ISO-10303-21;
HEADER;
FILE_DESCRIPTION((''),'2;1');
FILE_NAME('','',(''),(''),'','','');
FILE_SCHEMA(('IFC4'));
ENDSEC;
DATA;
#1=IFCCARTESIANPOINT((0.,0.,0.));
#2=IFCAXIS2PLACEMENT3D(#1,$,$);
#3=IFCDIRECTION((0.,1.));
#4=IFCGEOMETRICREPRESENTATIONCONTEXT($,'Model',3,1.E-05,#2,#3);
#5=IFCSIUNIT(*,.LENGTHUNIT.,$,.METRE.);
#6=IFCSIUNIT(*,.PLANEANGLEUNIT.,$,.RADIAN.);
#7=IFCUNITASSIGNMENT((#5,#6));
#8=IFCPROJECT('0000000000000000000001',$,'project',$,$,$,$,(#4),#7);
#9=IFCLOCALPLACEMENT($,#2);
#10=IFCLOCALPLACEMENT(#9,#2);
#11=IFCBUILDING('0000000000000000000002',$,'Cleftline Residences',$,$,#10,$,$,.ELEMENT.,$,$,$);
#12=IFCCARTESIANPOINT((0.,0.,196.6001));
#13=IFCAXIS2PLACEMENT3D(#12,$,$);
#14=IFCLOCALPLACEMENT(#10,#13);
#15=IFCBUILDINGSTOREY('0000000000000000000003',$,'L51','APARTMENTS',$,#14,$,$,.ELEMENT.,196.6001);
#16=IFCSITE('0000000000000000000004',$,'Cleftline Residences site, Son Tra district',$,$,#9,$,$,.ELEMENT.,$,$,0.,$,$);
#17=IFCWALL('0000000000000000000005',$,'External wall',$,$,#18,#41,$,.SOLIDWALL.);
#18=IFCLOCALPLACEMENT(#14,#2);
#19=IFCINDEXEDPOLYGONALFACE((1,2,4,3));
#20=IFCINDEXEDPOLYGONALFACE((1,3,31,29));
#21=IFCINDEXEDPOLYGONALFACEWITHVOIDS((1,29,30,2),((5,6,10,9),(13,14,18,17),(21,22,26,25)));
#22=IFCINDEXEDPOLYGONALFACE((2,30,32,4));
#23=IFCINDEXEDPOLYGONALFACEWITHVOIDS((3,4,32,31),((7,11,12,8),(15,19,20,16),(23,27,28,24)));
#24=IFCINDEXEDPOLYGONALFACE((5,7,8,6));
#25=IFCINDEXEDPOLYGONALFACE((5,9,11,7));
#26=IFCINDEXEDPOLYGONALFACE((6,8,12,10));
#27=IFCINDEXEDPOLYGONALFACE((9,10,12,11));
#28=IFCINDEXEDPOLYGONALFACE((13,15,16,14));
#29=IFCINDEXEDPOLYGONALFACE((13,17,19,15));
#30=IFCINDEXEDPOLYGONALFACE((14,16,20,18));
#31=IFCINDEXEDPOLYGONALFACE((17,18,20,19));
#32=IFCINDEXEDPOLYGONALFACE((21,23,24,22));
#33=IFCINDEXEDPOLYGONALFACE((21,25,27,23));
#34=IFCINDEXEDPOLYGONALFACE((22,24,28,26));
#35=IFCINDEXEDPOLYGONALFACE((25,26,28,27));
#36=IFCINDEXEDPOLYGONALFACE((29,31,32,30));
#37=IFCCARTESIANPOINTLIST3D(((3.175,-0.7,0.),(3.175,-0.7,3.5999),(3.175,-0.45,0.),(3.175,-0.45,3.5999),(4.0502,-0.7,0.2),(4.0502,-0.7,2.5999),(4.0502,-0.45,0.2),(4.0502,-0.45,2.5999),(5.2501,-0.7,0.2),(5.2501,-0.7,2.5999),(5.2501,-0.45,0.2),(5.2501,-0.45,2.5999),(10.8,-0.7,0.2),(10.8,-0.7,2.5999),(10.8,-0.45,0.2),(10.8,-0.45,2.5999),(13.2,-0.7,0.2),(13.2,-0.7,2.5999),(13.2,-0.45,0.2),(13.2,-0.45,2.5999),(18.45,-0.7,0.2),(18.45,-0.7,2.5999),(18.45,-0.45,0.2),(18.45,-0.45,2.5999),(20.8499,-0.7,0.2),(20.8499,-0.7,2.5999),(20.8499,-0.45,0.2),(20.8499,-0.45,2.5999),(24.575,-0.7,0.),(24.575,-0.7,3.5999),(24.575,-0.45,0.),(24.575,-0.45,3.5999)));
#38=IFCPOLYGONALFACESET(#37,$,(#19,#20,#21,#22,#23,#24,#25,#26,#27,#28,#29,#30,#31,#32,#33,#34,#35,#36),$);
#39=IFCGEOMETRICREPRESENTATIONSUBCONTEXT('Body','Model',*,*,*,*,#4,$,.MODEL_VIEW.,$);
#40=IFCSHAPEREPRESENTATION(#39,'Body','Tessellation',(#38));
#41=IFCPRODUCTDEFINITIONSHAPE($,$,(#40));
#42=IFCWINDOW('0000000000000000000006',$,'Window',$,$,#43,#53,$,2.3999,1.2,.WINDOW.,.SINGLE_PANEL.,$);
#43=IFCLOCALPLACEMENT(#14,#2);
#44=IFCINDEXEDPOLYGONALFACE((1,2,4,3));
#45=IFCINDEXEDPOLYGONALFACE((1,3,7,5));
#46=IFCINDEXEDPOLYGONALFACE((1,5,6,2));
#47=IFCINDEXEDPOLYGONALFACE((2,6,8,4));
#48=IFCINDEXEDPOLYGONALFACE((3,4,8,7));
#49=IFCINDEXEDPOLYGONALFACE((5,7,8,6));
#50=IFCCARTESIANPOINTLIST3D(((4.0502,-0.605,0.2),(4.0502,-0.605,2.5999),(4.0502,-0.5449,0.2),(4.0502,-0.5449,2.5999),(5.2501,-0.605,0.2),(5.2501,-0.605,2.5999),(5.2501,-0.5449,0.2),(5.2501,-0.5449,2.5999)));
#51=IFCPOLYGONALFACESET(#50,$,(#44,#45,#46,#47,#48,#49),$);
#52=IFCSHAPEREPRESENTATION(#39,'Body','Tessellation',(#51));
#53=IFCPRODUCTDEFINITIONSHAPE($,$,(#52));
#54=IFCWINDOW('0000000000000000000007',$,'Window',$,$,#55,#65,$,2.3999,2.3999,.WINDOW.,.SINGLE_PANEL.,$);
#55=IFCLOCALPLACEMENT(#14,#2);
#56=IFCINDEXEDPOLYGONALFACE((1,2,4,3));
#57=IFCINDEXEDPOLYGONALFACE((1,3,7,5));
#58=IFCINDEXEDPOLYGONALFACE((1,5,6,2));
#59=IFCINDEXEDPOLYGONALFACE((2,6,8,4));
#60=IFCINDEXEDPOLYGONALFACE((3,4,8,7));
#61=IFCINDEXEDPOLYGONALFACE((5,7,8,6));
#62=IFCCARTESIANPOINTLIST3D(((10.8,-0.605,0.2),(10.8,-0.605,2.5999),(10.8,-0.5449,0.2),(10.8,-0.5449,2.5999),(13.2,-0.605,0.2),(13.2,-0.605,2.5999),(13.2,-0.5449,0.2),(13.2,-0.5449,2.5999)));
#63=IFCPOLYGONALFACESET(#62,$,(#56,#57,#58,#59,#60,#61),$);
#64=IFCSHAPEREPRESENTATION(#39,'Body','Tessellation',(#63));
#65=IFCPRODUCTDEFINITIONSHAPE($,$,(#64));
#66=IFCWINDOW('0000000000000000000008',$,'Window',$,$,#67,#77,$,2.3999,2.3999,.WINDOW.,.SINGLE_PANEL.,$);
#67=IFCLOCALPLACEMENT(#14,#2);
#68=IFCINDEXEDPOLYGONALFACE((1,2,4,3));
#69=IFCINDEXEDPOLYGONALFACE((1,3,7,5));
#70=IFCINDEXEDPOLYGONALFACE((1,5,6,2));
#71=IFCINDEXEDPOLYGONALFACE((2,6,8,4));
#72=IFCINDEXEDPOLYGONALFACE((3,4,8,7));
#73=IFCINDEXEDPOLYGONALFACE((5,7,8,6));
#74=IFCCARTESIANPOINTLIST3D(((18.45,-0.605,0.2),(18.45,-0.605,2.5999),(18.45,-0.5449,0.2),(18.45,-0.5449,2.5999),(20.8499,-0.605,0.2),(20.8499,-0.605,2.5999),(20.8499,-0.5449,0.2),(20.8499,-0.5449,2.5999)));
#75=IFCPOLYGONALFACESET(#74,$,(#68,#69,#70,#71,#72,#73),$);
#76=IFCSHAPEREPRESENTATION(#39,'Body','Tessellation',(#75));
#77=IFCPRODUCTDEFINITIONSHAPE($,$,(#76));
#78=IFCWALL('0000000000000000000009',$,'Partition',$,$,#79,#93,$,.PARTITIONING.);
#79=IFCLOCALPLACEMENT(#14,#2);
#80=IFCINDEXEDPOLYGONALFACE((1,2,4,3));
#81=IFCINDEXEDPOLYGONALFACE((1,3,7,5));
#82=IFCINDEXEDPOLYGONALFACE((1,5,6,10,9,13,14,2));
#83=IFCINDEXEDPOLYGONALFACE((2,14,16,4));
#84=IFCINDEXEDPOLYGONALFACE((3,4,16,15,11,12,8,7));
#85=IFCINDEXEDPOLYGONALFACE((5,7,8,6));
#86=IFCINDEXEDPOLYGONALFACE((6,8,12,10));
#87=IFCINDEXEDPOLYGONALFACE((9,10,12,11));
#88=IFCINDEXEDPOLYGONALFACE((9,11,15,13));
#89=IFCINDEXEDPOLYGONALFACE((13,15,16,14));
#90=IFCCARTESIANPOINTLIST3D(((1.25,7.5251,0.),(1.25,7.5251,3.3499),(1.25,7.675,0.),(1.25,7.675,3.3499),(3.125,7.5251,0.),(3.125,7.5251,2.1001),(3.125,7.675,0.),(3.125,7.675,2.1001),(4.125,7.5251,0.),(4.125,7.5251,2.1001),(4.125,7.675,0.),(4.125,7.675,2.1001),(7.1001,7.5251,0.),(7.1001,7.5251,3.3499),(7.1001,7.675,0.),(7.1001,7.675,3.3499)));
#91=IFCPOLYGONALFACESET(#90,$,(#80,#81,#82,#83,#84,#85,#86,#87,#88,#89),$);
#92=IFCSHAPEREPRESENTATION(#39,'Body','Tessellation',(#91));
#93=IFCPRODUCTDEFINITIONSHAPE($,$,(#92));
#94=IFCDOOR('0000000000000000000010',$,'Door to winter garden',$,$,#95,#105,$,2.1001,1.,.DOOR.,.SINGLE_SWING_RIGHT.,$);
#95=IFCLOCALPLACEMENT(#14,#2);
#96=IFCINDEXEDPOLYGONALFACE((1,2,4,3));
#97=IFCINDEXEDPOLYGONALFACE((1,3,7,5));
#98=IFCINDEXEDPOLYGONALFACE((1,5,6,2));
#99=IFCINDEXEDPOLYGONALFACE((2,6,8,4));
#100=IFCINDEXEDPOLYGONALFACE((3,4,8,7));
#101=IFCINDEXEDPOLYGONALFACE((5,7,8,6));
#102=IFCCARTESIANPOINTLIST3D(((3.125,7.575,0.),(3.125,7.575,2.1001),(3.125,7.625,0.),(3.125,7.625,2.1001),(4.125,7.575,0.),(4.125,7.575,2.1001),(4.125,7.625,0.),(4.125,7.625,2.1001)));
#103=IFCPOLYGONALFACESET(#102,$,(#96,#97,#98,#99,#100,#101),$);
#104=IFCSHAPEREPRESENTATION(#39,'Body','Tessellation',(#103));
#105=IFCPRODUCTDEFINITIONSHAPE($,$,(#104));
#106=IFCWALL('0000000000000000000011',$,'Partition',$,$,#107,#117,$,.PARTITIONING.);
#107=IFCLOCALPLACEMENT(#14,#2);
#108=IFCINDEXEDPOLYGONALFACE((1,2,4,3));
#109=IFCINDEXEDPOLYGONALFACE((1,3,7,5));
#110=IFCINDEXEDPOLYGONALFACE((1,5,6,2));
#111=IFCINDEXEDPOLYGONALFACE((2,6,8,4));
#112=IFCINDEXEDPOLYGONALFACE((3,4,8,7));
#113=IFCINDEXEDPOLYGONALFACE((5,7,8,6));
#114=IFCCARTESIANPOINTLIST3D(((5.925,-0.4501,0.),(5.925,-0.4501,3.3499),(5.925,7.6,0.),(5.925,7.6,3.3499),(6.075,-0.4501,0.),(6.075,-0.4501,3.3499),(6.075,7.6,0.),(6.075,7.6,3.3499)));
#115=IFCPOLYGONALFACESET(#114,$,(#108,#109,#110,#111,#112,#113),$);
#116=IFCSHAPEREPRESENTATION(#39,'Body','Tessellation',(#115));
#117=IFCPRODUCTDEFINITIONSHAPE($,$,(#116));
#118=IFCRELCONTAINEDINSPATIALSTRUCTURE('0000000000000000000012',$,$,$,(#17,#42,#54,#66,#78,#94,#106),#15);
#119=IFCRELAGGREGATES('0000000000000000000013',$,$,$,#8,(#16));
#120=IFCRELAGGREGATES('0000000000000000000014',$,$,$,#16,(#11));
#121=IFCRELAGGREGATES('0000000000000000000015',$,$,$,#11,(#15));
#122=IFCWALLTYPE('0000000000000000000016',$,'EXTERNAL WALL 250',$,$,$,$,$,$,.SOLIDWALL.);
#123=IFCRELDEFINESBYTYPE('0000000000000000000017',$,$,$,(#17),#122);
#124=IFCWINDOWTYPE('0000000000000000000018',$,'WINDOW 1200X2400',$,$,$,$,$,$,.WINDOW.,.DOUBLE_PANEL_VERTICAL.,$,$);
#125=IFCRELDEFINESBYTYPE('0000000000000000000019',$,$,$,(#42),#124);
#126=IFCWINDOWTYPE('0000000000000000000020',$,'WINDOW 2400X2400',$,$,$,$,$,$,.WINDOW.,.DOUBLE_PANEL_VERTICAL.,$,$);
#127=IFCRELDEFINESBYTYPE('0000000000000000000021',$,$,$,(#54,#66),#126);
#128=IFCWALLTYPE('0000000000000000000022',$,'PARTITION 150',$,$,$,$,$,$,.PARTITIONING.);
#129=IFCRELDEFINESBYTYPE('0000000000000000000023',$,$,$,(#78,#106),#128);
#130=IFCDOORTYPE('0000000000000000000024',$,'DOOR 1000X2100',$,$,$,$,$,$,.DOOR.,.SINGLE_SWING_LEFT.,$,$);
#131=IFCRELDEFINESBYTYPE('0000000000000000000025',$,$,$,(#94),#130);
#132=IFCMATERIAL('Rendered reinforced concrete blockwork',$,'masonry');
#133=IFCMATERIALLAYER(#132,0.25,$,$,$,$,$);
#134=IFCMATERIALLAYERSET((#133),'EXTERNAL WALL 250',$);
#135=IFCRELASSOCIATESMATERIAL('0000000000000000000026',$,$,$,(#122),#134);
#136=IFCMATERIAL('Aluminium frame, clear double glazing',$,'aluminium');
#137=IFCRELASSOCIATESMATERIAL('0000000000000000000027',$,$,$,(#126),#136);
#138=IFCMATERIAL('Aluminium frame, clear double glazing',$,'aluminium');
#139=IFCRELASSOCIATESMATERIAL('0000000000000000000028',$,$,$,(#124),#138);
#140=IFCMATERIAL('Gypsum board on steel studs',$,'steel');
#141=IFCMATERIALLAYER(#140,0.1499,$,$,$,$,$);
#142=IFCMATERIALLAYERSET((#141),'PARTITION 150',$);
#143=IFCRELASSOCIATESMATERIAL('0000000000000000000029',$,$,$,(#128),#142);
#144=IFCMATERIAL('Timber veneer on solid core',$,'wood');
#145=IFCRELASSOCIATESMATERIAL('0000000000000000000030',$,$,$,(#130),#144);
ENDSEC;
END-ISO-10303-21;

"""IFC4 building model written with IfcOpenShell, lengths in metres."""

from ifc_helpers import new_model, si_unit, direction, frame, frame_2d, origin, place, context, subcontext, project, spatial, rectangle, extrude, material, layer, layer_set, type_object, element, fill, save


model = new_model("IFC4")

# Units and contexts
model_context = context("Model", 3, precision=1e-05, world=origin(), true_north=direction((0.0, 1.0)))
body_context = subcontext(model_context, "Body", "Model", "MODEL_VIEW")
ifc_project = project(units=[si_unit("LENGTHUNIT", "METRE"), si_unit("PLANEANGLEUNIT", "RADIAN")], contexts=[model_context])

# Site, building, storey
site_placement = place(None, origin())
site = spatial("IfcSite", under=ifc_project, at=site_placement, Name="Cleftline Residences site, Son Tra district", CompositionType="ELEMENT", RefElevation=0.0)
building_placement = place(site_placement, origin())
building = spatial("IfcBuilding", under=site, at=building_placement, Name="Cleftline Residences", CompositionType="ELEMENT")
storey_placement = place(building_placement, frame((0.0, 0.0, 196.6001)))
storey = spatial("IfcBuildingStorey", under=building, at=storey_placement, Name="L51", Description="APARTMENTS", CompositionType="ELEMENT", Elevation=196.6001)

# Shared definitions
ifc_material_1 = material(Name="Rendered reinforced concrete blockwork", Category="masonry")
ifc_layer_1 = layer(ifc_material_1, 0.25)
ifc_layer_set_1 = layer_set([ifc_layer_1], Name="EXTERNAL WALL 250")
wall_type_1 = type_object("IfcWallType", Name="EXTERNAL WALL 250", PredefinedType="SOLIDWALL", material=ifc_layer_set_1)
ifc_material_2 = material(Name="Aluminium frame, clear double glazing", Category="aluminium")
window_type_1 = type_object("IfcWindowType", Name="WINDOW 2400X2400", PartitioningType="DOUBLE_PANEL_VERTICAL", PredefinedType="WINDOW", material=ifc_material_2)

# Wall, openings, windows
wall_1_placement = place(storey_placement, frame((3.175, -0.575, 0.0), z_axis=(0.0, 0.0, 1.0), x_axis=(1.0, 0.0, 0.0)))
wall_1 = element("IfcWall", 1, at=wall_1_placement, inside=storey, type_object=wall_type_1, Name="External wall", PredefinedType="SOLIDWALL", context=body_context, shape_type="SweptSolid", body=[
    extrude(rectangle(XDim=21.3999, YDim=0.25, at=frame_2d((10.7, 0.0))), origin(), (0.0, 0.0, 1.0), 3.5999),
])
opening_1_placement = place(wall_1_placement, frame((0.875, 0.0, 0.2)))
opening_1 = element("IfcOpeningElement", 2, at=opening_1_placement, cuts=wall_1, PredefinedType="OPENING", context=body_context, shape_type="SweptSolid", body=[
    extrude(rectangle(XDim=1.2, YDim=2.3999, at=frame_2d((0.6001, 1.2))), frame((0.0, 0.135, 0.0), z_axis=(0.0, -1.0, 0.0), x_axis=(1.0, 0.0, 0.0)), (0.0, 0.0, 1.0), 0.27),
])
opening_2_placement = place(wall_1_placement, frame((7.625, 0.0, 0.2)))
opening_2 = element("IfcOpeningElement", 3, at=opening_2_placement, cuts=wall_1, PredefinedType="OPENING", context=body_context, shape_type="SweptSolid", body=[
    extrude(rectangle(XDim=2.3999, YDim=2.3999, at=frame_2d((1.2, 1.2))), frame((0.0, 0.135, 0.0), z_axis=(0.0, -1.0, 0.0), x_axis=(1.0, 0.0, 0.0)), (0.0, 0.0, 1.0), 0.27),
])
opening_3_placement = place(wall_1_placement, frame((15.2749, 0.0, 0.2)))
opening_3 = element("IfcOpeningElement", 4, at=opening_3_placement, cuts=wall_1, PredefinedType="OPENING", context=body_context, shape_type="SweptSolid", body=[
    extrude(rectangle(XDim=2.3999, YDim=2.3999, at=frame_2d((1.2, 1.2))), frame((0.0, 0.135, 0.0), z_axis=(0.0, -1.0, 0.0), x_axis=(1.0, 0.0, 0.0)), (0.0, 0.0, 1.0), 0.27),
])
ifc_material_3 = material(Name="Aluminium frame, clear double glazing", Category="aluminium")
window_type_2 = type_object("IfcWindowType", Name="WINDOW 1200X2400", PartitioningType="DOUBLE_PANEL_VERTICAL", PredefinedType="WINDOW", material=ifc_material_3)
window_1_placement = place(opening_1_placement, origin())
window_1 = element("IfcWindow", 5, at=window_1_placement, inside=storey, type_object=window_type_2, Name="Window", OverallHeight=2.3999, OverallWidth=1.2, PartitioningType="SINGLE_PANEL", PredefinedType="WINDOW", context=body_context, shape_type="SweptSolid", body=[
    extrude(rectangle(XDim=1.2, YDim=2.3999, at=frame_2d((0.6001, 1.2))), frame((0.0, 0.03, 0.0), z_axis=(0.0, -1.0, 0.0), x_axis=(1.0, 0.0, 0.0)), (0.0, 0.0, 1.0), 0.0601),
])
fill(opening_1, window_1)
window_2_placement = place(opening_2_placement, origin())
window_2 = element("IfcWindow", 6, at=window_2_placement, inside=storey, type_object=window_type_1, Name="Window", OverallHeight=2.3999, OverallWidth=2.3999, PartitioningType="SINGLE_PANEL", PredefinedType="WINDOW", context=body_context, shape_type="SweptSolid", body=[
    extrude(rectangle(XDim=2.3999, YDim=2.3999, at=frame_2d((1.2, 1.2))), frame((0.0, 0.03, 0.0), z_axis=(0.0, -1.0, 0.0), x_axis=(1.0, 0.0, 0.0)), (0.0, 0.0, 1.0), 0.0601),
])
fill(opening_2, window_2)
window_3_placement = place(opening_3_placement, origin())
window_3 = element("IfcWindow", 7, at=window_3_placement, inside=storey, type_object=window_type_1, Name="Window", OverallHeight=2.3999, OverallWidth=2.3999, PartitioningType="SINGLE_PANEL", PredefinedType="WINDOW", context=body_context, shape_type="SweptSolid", body=[
    extrude(rectangle(XDim=2.3999, YDim=2.3999, at=frame_2d((1.2, 1.2))), frame((0.0, 0.03, 0.0), z_axis=(0.0, -1.0, 0.0), x_axis=(1.0, 0.0, 0.0)), (0.0, 0.0, 1.0), 0.0601),
])
fill(opening_3, window_3)

# Wall, opening, door
ifc_material_4 = material(Name="Gypsum board on steel studs", Category="steel")
ifc_layer_2 = layer(ifc_material_4, 0.1499)
ifc_layer_set_2 = layer_set([ifc_layer_2], Name="PARTITION 150")
wall_type_2 = type_object("IfcWallType", Name="PARTITION 150", PredefinedType="PARTITIONING", material=ifc_layer_set_2)
wall_2_placement = place(storey_placement, frame((1.25, 7.6001, 0.0), z_axis=(0.0, 0.0, 1.0), x_axis=(1.0, 0.0, 0.0)))
wall_2 = element("IfcWall", 8, at=wall_2_placement, inside=storey, type_object=wall_type_2, Name="Partition", PredefinedType="PARTITIONING", context=body_context, shape_type="SweptSolid", body=[
    extrude(rectangle(XDim=5.8501, YDim=0.1499, at=frame_2d((2.925, 0.0))), origin(), (0.0, 0.0, 1.0), 3.3499),
])
opening_4_placement = place(wall_2_placement, frame((1.875, 0.0, 0.0)))
opening_4 = element("IfcOpeningElement", 9, at=opening_4_placement, cuts=wall_2, PredefinedType="OPENING", context=body_context, shape_type="SweptSolid", body=[
    extrude(rectangle(XDim=1.0, YDim=2.1001, at=frame_2d((0.5, 1.05))), frame((0.0, 0.085, 0.0), z_axis=(0.0, -1.0, 0.0), x_axis=(1.0, 0.0, 0.0)), (0.0, 0.0, 1.0), 0.1699),
])
ifc_material_5 = material(Name="Timber veneer on solid core", Category="wood")
door_type = type_object("IfcDoorType", Name="DOOR 1000X2100", OperationType="SINGLE_SWING_LEFT", PredefinedType="DOOR", material=ifc_material_5)
door_placement = place(opening_4_placement, origin())
door = element("IfcDoor", 10, at=door_placement, inside=storey, type_object=door_type, Name="Door to winter garden", OperationType="SINGLE_SWING_RIGHT", OverallHeight=2.1001, OverallWidth=1.0, PredefinedType="DOOR", context=body_context, shape_type="SweptSolid", body=[
    extrude(rectangle(XDim=1.0, YDim=2.1001, at=frame_2d((0.5, 1.05))), frame((0.0, 0.0249, 0.0), z_axis=(0.0, -1.0, 0.0), x_axis=(1.0, 0.0, 0.0)), (0.0, 0.0, 1.0), 0.05),
])
fill(opening_4, door)

# Wall
wall_3_placement = place(storey_placement, frame((6.0, -0.45, 0.0), z_axis=(0.0, 0.0, 1.0), x_axis=(0.0, 1.0, 0.0)))
element("IfcWall", 11, at=wall_3_placement, inside=storey, type_object=wall_type_2, Name="Partition", PredefinedType="PARTITIONING", context=body_context, shape_type="SweptSolid", body=[
    extrude(rectangle(XDim=8.05, YDim=0.1499, at=frame_2d((4.0249, 0.0))), origin(), (0.0, 0.0, 1.0), 3.3499),
])

save(model, "model.ifc")
